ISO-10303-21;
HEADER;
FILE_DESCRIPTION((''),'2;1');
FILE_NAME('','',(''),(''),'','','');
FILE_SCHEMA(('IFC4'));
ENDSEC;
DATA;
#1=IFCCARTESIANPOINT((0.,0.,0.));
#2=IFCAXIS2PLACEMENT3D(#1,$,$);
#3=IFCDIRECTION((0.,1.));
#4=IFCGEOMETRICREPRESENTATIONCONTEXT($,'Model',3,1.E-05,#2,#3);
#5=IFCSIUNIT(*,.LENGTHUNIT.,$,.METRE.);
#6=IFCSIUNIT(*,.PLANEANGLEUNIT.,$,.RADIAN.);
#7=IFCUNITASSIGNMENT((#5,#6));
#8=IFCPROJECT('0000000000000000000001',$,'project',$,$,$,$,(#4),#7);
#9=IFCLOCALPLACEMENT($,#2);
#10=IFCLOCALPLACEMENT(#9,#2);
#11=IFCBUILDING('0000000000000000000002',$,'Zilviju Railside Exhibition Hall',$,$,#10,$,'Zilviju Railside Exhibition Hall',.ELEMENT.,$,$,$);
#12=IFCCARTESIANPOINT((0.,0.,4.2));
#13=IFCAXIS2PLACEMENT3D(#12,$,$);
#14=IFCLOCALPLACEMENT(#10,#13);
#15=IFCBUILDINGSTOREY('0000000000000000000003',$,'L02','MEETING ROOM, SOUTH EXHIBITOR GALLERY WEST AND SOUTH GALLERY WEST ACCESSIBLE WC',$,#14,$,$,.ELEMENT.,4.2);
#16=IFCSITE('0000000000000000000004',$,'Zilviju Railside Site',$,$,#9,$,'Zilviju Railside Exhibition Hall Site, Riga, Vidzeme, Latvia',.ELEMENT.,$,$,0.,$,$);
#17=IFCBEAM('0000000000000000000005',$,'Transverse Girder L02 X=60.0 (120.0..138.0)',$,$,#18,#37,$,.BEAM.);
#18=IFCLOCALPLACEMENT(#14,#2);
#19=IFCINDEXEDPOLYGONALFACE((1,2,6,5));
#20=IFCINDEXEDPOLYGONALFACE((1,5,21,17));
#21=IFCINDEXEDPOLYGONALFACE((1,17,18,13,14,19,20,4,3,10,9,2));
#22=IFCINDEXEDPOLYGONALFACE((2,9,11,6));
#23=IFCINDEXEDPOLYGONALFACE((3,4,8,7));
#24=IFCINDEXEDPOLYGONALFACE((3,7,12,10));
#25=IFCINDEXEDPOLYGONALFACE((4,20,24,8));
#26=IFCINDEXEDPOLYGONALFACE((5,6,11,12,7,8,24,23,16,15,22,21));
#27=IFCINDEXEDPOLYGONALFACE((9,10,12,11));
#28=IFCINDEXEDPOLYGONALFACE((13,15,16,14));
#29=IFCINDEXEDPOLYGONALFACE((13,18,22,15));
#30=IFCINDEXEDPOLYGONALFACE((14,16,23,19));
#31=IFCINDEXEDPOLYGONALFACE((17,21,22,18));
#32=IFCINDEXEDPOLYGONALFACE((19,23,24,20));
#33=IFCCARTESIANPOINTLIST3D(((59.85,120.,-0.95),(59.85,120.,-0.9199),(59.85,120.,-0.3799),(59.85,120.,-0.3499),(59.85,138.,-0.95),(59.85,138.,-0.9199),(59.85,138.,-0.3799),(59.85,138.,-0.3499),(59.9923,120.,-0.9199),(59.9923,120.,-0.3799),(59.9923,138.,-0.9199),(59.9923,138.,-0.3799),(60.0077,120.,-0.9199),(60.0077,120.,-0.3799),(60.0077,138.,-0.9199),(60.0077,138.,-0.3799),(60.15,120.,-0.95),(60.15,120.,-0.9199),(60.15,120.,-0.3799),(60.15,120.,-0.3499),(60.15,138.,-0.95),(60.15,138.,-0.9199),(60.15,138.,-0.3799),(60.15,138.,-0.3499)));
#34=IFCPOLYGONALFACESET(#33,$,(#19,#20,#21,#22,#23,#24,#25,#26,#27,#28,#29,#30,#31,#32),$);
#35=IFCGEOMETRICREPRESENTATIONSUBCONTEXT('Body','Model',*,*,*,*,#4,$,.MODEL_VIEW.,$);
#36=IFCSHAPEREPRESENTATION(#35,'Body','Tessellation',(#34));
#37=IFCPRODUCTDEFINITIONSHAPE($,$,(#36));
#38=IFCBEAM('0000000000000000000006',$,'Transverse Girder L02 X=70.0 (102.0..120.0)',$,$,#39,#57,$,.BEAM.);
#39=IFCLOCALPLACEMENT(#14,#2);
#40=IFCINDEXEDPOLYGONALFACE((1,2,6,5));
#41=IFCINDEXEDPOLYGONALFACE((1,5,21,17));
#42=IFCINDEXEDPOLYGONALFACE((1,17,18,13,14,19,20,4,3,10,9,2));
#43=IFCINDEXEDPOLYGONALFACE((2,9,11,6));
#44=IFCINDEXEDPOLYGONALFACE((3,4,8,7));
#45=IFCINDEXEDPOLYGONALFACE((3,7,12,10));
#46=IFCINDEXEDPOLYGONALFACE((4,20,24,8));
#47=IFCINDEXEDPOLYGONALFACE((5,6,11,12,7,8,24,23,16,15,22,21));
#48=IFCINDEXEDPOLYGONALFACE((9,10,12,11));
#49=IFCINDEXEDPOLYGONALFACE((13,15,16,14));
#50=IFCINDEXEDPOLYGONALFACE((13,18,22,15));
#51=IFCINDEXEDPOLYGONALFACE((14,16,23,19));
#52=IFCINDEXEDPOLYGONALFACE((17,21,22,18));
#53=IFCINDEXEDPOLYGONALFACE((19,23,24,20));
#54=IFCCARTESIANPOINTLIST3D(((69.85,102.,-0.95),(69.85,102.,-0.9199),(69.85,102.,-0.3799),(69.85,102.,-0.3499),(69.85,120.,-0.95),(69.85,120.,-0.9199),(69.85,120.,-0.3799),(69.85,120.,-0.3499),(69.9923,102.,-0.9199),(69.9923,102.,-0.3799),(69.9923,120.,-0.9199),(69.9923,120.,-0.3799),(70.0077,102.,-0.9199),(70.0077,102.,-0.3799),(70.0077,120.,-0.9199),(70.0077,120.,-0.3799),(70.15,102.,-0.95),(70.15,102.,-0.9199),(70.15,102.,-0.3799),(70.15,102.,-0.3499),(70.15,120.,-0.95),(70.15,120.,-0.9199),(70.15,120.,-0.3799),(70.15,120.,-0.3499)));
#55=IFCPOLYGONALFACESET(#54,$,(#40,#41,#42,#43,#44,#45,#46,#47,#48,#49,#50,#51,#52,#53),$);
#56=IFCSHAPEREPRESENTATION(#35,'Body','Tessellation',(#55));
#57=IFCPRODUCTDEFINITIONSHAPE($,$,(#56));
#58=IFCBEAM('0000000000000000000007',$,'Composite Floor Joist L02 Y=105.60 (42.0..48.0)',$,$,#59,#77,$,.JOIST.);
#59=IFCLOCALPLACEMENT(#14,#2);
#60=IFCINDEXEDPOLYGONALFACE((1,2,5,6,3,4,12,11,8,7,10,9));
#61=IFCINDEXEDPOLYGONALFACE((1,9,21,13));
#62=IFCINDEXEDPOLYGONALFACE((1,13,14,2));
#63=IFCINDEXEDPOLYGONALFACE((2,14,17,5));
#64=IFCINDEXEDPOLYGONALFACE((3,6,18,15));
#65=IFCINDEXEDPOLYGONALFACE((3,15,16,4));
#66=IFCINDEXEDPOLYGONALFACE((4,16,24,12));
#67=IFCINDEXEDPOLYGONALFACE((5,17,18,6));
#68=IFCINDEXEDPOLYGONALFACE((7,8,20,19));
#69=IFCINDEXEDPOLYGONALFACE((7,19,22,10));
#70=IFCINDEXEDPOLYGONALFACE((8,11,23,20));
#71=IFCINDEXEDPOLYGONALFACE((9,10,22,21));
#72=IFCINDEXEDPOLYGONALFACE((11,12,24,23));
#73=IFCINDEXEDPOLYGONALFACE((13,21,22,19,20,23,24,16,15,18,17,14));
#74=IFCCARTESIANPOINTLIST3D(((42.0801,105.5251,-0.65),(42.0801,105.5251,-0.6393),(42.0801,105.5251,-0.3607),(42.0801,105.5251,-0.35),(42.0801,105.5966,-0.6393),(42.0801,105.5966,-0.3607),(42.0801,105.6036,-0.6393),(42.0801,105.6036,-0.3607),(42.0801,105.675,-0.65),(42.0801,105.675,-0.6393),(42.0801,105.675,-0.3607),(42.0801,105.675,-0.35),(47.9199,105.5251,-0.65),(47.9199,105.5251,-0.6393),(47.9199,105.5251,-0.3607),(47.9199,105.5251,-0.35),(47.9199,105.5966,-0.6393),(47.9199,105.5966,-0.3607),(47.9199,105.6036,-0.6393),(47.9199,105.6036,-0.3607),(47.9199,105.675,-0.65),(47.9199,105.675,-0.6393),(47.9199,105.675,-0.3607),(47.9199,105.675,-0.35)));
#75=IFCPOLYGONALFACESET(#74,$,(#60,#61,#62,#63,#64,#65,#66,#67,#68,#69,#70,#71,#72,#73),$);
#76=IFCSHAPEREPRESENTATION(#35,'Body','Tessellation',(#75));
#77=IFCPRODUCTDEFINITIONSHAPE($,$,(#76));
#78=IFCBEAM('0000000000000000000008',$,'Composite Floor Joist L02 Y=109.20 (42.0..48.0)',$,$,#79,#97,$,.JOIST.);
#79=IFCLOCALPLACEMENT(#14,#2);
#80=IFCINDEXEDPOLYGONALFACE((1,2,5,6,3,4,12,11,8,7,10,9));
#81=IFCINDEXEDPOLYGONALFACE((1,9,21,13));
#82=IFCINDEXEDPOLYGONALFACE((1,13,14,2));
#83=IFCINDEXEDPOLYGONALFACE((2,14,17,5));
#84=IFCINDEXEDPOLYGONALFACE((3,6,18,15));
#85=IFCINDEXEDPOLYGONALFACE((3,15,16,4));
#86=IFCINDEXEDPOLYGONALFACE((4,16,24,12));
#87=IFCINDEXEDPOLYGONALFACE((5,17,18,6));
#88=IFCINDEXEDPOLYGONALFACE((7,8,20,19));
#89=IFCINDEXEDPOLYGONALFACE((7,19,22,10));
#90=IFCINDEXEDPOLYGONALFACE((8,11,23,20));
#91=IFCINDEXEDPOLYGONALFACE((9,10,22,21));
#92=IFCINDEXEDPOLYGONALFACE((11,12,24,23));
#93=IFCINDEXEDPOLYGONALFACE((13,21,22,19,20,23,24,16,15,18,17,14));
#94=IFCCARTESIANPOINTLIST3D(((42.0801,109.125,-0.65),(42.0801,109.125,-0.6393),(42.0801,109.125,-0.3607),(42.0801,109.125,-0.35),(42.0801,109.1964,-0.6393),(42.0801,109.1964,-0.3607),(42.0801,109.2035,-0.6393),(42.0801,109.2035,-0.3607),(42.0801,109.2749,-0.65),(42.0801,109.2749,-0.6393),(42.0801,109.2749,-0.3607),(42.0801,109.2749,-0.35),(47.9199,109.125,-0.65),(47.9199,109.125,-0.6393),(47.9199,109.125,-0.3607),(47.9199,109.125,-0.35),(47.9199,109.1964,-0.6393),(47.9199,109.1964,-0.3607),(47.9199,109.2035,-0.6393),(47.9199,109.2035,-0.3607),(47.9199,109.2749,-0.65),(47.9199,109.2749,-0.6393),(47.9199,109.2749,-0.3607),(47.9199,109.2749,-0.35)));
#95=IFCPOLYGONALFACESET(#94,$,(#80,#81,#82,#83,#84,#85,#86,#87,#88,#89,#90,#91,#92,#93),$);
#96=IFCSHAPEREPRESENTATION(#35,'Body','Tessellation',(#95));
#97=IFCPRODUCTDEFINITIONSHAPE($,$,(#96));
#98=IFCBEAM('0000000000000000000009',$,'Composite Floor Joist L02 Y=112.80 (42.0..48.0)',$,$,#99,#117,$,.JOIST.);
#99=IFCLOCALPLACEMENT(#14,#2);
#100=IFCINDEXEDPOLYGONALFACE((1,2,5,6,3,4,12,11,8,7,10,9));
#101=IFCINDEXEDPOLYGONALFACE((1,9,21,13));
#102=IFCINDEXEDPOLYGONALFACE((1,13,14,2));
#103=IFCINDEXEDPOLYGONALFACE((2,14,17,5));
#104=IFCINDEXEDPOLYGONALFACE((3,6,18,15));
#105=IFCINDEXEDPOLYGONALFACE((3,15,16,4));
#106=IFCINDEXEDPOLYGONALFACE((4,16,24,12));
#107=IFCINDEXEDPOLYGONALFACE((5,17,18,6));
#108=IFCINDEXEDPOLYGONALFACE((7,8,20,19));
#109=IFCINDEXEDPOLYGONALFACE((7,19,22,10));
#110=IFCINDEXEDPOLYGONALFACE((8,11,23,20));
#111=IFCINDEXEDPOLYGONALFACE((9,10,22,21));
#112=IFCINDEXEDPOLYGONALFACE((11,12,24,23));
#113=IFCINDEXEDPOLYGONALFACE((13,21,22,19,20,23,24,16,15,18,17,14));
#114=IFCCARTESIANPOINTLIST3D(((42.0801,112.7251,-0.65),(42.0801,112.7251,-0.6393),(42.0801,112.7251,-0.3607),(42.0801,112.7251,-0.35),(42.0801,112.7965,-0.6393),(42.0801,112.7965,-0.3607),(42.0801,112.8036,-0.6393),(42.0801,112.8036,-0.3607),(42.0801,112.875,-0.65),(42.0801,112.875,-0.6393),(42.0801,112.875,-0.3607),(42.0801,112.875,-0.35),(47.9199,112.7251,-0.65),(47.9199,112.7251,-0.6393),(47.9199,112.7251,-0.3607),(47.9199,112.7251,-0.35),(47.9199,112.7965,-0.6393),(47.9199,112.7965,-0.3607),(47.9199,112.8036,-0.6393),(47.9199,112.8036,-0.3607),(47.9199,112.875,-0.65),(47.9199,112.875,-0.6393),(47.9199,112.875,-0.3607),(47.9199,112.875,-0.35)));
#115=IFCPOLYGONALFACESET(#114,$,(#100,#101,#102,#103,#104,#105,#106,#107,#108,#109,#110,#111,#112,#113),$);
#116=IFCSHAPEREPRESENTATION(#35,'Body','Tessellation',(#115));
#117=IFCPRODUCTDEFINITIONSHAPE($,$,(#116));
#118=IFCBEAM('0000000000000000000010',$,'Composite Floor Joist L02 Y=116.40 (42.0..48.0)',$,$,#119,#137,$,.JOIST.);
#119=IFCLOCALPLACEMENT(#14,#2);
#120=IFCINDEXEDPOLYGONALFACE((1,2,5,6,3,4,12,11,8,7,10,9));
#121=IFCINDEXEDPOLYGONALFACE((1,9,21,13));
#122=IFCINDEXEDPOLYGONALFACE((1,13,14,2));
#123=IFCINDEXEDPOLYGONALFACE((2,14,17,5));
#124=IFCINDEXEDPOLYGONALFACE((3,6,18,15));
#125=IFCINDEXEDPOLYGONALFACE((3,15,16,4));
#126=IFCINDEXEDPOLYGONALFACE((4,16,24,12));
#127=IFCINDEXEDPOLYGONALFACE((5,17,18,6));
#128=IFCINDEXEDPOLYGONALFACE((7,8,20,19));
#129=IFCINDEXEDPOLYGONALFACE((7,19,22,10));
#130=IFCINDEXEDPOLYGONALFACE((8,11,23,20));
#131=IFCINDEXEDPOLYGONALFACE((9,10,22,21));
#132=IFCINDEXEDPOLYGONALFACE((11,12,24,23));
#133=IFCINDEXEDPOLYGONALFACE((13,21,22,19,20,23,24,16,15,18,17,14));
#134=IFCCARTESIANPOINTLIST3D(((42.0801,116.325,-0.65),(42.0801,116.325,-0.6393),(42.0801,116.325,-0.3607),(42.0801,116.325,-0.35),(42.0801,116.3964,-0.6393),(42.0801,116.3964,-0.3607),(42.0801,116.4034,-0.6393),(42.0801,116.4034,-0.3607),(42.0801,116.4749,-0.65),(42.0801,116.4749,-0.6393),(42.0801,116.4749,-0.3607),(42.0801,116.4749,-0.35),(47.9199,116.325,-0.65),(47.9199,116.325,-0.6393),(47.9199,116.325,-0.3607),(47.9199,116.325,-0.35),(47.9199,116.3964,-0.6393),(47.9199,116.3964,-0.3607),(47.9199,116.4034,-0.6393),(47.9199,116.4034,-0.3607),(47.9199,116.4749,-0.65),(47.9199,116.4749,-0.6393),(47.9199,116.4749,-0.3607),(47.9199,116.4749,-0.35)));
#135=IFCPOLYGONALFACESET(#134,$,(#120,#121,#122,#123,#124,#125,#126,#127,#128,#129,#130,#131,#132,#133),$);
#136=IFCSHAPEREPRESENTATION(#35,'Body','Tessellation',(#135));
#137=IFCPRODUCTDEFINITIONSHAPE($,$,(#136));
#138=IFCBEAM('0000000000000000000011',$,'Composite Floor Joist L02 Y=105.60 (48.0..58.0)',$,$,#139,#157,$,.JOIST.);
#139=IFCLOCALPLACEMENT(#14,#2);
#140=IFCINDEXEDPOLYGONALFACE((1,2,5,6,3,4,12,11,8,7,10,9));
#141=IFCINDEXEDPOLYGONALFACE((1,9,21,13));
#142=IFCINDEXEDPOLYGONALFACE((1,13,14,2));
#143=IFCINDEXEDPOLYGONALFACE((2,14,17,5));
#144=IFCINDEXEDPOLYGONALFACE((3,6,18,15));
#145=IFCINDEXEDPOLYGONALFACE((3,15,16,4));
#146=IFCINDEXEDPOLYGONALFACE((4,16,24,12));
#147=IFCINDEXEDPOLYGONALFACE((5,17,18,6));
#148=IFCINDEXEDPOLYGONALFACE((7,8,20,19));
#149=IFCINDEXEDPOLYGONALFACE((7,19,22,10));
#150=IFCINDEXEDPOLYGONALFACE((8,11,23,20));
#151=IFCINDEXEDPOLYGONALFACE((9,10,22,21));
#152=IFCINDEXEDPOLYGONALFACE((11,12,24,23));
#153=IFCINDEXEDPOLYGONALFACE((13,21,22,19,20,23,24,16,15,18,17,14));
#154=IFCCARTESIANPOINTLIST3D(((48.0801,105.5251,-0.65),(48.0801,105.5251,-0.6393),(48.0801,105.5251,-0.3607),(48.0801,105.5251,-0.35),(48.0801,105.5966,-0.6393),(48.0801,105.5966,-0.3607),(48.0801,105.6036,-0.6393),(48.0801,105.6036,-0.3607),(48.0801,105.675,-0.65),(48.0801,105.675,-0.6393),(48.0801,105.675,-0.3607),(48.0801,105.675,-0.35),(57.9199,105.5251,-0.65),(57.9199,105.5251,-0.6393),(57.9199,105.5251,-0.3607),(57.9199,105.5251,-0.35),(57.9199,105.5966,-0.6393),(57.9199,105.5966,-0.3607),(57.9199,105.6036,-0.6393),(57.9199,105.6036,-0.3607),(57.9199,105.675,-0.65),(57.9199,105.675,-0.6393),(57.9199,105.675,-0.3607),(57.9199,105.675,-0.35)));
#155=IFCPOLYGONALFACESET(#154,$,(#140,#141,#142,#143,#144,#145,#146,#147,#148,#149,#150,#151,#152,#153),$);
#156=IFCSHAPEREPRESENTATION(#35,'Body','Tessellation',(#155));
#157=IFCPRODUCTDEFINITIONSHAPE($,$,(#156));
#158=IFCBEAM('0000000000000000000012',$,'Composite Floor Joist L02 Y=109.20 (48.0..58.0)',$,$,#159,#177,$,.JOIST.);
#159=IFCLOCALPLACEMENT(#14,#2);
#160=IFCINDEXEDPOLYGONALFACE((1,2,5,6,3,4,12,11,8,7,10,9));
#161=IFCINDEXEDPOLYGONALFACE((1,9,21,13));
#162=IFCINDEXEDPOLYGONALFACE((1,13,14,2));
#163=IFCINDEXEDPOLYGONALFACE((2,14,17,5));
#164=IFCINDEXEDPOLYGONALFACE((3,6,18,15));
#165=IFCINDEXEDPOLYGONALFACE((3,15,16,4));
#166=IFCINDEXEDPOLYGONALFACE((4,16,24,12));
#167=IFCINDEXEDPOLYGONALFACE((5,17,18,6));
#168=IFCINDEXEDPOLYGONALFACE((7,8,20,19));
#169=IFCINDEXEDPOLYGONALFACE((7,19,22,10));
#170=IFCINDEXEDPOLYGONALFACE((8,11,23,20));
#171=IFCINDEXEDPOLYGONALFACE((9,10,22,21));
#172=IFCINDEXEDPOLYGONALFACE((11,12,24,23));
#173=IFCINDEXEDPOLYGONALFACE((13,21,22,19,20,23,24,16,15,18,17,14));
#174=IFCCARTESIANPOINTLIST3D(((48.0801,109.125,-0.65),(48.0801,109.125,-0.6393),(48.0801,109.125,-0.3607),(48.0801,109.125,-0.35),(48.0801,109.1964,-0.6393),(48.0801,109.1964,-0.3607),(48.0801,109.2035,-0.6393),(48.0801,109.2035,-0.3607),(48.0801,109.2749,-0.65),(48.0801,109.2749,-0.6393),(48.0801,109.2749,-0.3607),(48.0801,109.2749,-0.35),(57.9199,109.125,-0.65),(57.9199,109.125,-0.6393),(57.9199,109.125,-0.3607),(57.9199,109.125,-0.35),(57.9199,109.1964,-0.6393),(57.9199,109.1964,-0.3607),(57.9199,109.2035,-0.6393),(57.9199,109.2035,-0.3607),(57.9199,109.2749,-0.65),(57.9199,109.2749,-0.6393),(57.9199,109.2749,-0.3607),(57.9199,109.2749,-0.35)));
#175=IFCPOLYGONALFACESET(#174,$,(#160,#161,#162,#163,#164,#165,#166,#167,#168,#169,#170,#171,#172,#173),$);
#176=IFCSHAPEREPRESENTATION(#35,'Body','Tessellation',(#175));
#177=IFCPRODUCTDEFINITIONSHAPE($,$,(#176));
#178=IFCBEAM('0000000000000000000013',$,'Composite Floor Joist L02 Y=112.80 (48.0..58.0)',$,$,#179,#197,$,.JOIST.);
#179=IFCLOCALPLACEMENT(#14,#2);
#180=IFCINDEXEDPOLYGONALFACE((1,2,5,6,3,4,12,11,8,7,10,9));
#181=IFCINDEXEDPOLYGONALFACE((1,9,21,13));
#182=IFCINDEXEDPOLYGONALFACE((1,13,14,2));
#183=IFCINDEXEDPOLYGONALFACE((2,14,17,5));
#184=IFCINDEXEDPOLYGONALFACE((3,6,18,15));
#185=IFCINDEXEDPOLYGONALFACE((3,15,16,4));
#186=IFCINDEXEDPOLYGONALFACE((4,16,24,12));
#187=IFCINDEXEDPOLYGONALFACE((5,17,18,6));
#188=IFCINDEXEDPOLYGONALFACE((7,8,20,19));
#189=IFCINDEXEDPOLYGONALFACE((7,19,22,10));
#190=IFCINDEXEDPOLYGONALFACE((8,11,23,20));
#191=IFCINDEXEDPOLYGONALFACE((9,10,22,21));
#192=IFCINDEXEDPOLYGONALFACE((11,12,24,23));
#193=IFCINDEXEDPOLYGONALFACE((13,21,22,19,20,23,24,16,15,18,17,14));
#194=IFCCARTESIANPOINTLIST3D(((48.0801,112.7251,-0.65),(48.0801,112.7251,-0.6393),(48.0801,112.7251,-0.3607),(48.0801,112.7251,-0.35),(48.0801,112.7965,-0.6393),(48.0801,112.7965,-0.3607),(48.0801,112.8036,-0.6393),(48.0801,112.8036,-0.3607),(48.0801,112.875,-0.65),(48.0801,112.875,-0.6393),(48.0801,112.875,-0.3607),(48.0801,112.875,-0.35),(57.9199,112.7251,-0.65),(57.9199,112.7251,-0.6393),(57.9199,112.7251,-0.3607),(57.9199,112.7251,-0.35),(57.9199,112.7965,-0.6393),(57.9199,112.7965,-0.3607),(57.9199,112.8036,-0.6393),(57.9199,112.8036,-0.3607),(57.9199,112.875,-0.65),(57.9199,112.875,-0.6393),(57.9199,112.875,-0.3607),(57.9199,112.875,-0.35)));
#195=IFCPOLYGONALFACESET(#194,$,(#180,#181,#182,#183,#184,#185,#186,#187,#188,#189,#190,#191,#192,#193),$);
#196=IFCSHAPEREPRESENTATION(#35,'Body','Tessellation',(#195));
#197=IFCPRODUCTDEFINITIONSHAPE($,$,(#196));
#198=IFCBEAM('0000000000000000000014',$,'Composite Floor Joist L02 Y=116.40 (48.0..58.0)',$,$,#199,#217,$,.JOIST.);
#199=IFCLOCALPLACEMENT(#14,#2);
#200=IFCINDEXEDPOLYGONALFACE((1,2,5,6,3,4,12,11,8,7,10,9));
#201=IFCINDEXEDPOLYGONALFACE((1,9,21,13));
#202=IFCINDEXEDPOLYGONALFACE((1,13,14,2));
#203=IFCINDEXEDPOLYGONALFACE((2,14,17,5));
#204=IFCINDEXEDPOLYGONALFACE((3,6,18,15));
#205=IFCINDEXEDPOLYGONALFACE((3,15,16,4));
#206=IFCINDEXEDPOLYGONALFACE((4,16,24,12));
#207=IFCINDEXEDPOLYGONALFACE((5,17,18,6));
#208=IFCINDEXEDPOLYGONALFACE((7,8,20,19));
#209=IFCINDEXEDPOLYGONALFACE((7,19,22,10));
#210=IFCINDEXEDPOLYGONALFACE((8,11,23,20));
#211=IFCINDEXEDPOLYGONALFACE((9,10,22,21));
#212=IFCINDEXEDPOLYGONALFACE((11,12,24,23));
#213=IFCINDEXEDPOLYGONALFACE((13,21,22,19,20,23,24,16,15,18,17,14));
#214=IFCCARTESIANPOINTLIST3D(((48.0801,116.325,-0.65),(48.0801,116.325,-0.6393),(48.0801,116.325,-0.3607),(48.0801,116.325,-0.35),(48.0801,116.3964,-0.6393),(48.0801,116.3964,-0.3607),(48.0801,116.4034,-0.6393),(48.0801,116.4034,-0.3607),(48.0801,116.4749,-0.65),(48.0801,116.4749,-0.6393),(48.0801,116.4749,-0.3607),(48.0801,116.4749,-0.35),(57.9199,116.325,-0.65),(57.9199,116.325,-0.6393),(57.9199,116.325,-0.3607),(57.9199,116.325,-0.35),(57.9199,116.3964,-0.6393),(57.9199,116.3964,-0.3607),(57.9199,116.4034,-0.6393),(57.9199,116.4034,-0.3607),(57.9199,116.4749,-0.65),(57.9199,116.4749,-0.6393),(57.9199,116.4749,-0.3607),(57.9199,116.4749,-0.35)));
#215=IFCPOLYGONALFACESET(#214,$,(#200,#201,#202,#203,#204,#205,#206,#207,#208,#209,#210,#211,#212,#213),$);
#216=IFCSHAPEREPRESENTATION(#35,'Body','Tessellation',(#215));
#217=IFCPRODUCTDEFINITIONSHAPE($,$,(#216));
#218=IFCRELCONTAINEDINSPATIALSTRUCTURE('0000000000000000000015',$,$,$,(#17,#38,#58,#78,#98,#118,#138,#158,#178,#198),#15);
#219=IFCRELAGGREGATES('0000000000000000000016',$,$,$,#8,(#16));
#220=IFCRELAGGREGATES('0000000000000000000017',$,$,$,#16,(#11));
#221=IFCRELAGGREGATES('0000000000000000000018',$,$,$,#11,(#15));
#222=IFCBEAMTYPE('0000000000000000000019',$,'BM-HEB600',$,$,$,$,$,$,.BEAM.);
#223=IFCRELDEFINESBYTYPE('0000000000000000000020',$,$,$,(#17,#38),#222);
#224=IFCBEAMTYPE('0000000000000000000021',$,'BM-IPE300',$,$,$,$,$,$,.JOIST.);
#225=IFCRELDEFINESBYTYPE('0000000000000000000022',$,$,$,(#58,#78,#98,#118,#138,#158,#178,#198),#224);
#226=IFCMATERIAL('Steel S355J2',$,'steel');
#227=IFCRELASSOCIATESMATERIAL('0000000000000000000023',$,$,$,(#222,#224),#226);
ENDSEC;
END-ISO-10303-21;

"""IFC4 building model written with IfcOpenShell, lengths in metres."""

from ifc_helpers import new_model, si_unit, direction, frame, origin, origin_2d, place, context, subcontext, project, spatial, i_section, extrude, material, material_profile, profile_set, type_object, element, save


model = new_model("IFC4")

# Units and contexts
model_context = context("Model", 3, precision=1e-05, world=origin(), true_north=direction((0.0, 1.0)))
body_context = subcontext(model_context, "Body", "Model", "MODEL_VIEW")
ifc_project = project(units=[si_unit("LENGTHUNIT", "METRE"), si_unit("PLANEANGLEUNIT", "RADIAN")], contexts=[model_context])

# Site, building, storey
site_placement = place(None, origin())
site = spatial("IfcSite", under=ifc_project, at=site_placement, Name="Zilviju Railside Site", LongName="Zilviju Railside Exhibition Hall Site, Riga, Vidzeme, Latvia", CompositionType="ELEMENT", RefElevation=0.0)
building_placement = place(site_placement, origin())
building = spatial("IfcBuilding", under=site, at=building_placement, Name="Zilviju Railside Exhibition Hall", LongName="Zilviju Railside Exhibition Hall", CompositionType="ELEMENT")
storey_placement = place(building_placement, frame((0.0, 0.0, 4.2)))
storey = spatial("IfcBuildingStorey", under=building, at=storey_placement, Name="L02", Description="MEETING ROOM, SOUTH EXHIBITOR GALLERY WEST AND SOUTH GALLERY WEST ACCESSIBLE WC", CompositionType="ELEMENT", Elevation=4.2)

# Shared definitions
ifc_material_1 = material(Name="Steel S355J2", Category="steel")

# Beams
ifc_material_profile_1 = material_profile(ifc_material_1, i_section(OverallWidth=0.3, OverallDepth=0.6001, WebThickness=0.0154, FlangeThickness=0.03, at=origin_2d()), Name="HEB 600")
ifc_profile_set_1 = profile_set([ifc_material_profile_1], Name="Steel S355J2")
beam_type_1 = type_object("IfcBeamType", Name="BM-HEB600", PredefinedType="BEAM", material=ifc_profile_set_1)
for number, where, z_axis, x_axis, name in (
    (1, (60.0, 120.0, -0.6499), (0.0, 1.0, 0.0), (-1.0, 0.0, 0.0), "Transverse Girder L02 X=60.0 (120.0..138.0)"),
    (2, (70.0, 102.0, -0.6499), (0.0, 1.0, 0.0), (-1.0, 0.0, 0.0), "Transverse Girder L02 X=70.0 (102.0..120.0)"),
):
    element("IfcBeam", number, at=place(storey_placement, frame(where, z_axis=z_axis, x_axis=x_axis)), inside=storey, type_object=beam_type_1, Name=name, PredefinedType="BEAM", context=body_context, shape_type="SweptSolid", body=[
        extrude(i_section(OverallWidth=0.3, OverallDepth=0.6001, WebThickness=0.0154, FlangeThickness=0.03, at=origin_2d()), origin(), (0.0, 0.0, 1.0), 18.0),
    ])
ifc_material_profile_2 = material_profile(ifc_material_1, i_section(OverallWidth=0.1499, OverallDepth=0.3, WebThickness=0.0071, FlangeThickness=0.0107, at=origin_2d()), Name="IPE 300")
ifc_profile_set_2 = profile_set([ifc_material_profile_2], Name="Steel S355J2")
beam_type_2 = type_object("IfcBeamType", Name="BM-IPE300", PredefinedType="JOIST", material=ifc_profile_set_2)
for number, where, z_axis, x_axis, name in (
    (3, (42.0801, 105.6001, -0.5), (1.0, 0.0, 0.0), (0.0, 1.0, 0.0), "Composite Floor Joist L02 Y=105.60 (42.0..48.0)"),
    (4, (42.0801, 109.2, -0.5), (1.0, 0.0, 0.0), (0.0, 1.0, 0.0), "Composite Floor Joist L02 Y=109.20 (42.0..48.0)"),
    (5, (42.0801, 112.8, -0.5), (1.0, 0.0, 0.0), (0.0, 1.0, 0.0), "Composite Floor Joist L02 Y=112.80 (42.0..48.0)"),
    (6, (42.0801, 116.3999, -0.5), (1.0, 0.0, 0.0), (0.0, 1.0, 0.0), "Composite Floor Joist L02 Y=116.40 (42.0..48.0)"),
):
    element("IfcBeam", number, at=place(storey_placement, frame(where, z_axis=z_axis, x_axis=x_axis)), inside=storey, type_object=beam_type_2, Name=name, PredefinedType="JOIST", context=body_context, shape_type="SweptSolid", body=[
        extrude(i_section(OverallWidth=0.1499, OverallDepth=0.3, WebThickness=0.0071, FlangeThickness=0.0107, at=origin_2d()), origin(), (0.0, 0.0, 1.0), 5.8398),
    ])
for number, where, z_axis, x_axis, name in (
    (7, (48.0801, 105.6001, -0.5), (1.0, 0.0, 0.0), (0.0, 1.0, 0.0), "Composite Floor Joist L02 Y=105.60 (48.0..58.0)"),
    (8, (48.0801, 109.2, -0.5), (1.0, 0.0, 0.0), (0.0, 1.0, 0.0), "Composite Floor Joist L02 Y=109.20 (48.0..58.0)"),
    (9, (48.0801, 112.8, -0.5), (1.0, 0.0, 0.0), (0.0, 1.0, 0.0), "Composite Floor Joist L02 Y=112.80 (48.0..58.0)"),
    (10, (48.0801, 116.3999, -0.5), (1.0, 0.0, 0.0), (0.0, 1.0, 0.0), "Composite Floor Joist L02 Y=116.40 (48.0..58.0)"),
):
    element("IfcBeam", number, at=place(storey_placement, frame(where, z_axis=z_axis, x_axis=x_axis)), inside=storey, type_object=beam_type_2, Name=name, PredefinedType="JOIST", context=body_context, shape_type="SweptSolid", body=[
        extrude(i_section(OverallWidth=0.1499, OverallDepth=0.3, WebThickness=0.0071, FlangeThickness=0.0107, at=origin_2d()), origin(), (0.0, 0.0, 1.0), 9.8398),
    ])

save(model, "model.ifc")
